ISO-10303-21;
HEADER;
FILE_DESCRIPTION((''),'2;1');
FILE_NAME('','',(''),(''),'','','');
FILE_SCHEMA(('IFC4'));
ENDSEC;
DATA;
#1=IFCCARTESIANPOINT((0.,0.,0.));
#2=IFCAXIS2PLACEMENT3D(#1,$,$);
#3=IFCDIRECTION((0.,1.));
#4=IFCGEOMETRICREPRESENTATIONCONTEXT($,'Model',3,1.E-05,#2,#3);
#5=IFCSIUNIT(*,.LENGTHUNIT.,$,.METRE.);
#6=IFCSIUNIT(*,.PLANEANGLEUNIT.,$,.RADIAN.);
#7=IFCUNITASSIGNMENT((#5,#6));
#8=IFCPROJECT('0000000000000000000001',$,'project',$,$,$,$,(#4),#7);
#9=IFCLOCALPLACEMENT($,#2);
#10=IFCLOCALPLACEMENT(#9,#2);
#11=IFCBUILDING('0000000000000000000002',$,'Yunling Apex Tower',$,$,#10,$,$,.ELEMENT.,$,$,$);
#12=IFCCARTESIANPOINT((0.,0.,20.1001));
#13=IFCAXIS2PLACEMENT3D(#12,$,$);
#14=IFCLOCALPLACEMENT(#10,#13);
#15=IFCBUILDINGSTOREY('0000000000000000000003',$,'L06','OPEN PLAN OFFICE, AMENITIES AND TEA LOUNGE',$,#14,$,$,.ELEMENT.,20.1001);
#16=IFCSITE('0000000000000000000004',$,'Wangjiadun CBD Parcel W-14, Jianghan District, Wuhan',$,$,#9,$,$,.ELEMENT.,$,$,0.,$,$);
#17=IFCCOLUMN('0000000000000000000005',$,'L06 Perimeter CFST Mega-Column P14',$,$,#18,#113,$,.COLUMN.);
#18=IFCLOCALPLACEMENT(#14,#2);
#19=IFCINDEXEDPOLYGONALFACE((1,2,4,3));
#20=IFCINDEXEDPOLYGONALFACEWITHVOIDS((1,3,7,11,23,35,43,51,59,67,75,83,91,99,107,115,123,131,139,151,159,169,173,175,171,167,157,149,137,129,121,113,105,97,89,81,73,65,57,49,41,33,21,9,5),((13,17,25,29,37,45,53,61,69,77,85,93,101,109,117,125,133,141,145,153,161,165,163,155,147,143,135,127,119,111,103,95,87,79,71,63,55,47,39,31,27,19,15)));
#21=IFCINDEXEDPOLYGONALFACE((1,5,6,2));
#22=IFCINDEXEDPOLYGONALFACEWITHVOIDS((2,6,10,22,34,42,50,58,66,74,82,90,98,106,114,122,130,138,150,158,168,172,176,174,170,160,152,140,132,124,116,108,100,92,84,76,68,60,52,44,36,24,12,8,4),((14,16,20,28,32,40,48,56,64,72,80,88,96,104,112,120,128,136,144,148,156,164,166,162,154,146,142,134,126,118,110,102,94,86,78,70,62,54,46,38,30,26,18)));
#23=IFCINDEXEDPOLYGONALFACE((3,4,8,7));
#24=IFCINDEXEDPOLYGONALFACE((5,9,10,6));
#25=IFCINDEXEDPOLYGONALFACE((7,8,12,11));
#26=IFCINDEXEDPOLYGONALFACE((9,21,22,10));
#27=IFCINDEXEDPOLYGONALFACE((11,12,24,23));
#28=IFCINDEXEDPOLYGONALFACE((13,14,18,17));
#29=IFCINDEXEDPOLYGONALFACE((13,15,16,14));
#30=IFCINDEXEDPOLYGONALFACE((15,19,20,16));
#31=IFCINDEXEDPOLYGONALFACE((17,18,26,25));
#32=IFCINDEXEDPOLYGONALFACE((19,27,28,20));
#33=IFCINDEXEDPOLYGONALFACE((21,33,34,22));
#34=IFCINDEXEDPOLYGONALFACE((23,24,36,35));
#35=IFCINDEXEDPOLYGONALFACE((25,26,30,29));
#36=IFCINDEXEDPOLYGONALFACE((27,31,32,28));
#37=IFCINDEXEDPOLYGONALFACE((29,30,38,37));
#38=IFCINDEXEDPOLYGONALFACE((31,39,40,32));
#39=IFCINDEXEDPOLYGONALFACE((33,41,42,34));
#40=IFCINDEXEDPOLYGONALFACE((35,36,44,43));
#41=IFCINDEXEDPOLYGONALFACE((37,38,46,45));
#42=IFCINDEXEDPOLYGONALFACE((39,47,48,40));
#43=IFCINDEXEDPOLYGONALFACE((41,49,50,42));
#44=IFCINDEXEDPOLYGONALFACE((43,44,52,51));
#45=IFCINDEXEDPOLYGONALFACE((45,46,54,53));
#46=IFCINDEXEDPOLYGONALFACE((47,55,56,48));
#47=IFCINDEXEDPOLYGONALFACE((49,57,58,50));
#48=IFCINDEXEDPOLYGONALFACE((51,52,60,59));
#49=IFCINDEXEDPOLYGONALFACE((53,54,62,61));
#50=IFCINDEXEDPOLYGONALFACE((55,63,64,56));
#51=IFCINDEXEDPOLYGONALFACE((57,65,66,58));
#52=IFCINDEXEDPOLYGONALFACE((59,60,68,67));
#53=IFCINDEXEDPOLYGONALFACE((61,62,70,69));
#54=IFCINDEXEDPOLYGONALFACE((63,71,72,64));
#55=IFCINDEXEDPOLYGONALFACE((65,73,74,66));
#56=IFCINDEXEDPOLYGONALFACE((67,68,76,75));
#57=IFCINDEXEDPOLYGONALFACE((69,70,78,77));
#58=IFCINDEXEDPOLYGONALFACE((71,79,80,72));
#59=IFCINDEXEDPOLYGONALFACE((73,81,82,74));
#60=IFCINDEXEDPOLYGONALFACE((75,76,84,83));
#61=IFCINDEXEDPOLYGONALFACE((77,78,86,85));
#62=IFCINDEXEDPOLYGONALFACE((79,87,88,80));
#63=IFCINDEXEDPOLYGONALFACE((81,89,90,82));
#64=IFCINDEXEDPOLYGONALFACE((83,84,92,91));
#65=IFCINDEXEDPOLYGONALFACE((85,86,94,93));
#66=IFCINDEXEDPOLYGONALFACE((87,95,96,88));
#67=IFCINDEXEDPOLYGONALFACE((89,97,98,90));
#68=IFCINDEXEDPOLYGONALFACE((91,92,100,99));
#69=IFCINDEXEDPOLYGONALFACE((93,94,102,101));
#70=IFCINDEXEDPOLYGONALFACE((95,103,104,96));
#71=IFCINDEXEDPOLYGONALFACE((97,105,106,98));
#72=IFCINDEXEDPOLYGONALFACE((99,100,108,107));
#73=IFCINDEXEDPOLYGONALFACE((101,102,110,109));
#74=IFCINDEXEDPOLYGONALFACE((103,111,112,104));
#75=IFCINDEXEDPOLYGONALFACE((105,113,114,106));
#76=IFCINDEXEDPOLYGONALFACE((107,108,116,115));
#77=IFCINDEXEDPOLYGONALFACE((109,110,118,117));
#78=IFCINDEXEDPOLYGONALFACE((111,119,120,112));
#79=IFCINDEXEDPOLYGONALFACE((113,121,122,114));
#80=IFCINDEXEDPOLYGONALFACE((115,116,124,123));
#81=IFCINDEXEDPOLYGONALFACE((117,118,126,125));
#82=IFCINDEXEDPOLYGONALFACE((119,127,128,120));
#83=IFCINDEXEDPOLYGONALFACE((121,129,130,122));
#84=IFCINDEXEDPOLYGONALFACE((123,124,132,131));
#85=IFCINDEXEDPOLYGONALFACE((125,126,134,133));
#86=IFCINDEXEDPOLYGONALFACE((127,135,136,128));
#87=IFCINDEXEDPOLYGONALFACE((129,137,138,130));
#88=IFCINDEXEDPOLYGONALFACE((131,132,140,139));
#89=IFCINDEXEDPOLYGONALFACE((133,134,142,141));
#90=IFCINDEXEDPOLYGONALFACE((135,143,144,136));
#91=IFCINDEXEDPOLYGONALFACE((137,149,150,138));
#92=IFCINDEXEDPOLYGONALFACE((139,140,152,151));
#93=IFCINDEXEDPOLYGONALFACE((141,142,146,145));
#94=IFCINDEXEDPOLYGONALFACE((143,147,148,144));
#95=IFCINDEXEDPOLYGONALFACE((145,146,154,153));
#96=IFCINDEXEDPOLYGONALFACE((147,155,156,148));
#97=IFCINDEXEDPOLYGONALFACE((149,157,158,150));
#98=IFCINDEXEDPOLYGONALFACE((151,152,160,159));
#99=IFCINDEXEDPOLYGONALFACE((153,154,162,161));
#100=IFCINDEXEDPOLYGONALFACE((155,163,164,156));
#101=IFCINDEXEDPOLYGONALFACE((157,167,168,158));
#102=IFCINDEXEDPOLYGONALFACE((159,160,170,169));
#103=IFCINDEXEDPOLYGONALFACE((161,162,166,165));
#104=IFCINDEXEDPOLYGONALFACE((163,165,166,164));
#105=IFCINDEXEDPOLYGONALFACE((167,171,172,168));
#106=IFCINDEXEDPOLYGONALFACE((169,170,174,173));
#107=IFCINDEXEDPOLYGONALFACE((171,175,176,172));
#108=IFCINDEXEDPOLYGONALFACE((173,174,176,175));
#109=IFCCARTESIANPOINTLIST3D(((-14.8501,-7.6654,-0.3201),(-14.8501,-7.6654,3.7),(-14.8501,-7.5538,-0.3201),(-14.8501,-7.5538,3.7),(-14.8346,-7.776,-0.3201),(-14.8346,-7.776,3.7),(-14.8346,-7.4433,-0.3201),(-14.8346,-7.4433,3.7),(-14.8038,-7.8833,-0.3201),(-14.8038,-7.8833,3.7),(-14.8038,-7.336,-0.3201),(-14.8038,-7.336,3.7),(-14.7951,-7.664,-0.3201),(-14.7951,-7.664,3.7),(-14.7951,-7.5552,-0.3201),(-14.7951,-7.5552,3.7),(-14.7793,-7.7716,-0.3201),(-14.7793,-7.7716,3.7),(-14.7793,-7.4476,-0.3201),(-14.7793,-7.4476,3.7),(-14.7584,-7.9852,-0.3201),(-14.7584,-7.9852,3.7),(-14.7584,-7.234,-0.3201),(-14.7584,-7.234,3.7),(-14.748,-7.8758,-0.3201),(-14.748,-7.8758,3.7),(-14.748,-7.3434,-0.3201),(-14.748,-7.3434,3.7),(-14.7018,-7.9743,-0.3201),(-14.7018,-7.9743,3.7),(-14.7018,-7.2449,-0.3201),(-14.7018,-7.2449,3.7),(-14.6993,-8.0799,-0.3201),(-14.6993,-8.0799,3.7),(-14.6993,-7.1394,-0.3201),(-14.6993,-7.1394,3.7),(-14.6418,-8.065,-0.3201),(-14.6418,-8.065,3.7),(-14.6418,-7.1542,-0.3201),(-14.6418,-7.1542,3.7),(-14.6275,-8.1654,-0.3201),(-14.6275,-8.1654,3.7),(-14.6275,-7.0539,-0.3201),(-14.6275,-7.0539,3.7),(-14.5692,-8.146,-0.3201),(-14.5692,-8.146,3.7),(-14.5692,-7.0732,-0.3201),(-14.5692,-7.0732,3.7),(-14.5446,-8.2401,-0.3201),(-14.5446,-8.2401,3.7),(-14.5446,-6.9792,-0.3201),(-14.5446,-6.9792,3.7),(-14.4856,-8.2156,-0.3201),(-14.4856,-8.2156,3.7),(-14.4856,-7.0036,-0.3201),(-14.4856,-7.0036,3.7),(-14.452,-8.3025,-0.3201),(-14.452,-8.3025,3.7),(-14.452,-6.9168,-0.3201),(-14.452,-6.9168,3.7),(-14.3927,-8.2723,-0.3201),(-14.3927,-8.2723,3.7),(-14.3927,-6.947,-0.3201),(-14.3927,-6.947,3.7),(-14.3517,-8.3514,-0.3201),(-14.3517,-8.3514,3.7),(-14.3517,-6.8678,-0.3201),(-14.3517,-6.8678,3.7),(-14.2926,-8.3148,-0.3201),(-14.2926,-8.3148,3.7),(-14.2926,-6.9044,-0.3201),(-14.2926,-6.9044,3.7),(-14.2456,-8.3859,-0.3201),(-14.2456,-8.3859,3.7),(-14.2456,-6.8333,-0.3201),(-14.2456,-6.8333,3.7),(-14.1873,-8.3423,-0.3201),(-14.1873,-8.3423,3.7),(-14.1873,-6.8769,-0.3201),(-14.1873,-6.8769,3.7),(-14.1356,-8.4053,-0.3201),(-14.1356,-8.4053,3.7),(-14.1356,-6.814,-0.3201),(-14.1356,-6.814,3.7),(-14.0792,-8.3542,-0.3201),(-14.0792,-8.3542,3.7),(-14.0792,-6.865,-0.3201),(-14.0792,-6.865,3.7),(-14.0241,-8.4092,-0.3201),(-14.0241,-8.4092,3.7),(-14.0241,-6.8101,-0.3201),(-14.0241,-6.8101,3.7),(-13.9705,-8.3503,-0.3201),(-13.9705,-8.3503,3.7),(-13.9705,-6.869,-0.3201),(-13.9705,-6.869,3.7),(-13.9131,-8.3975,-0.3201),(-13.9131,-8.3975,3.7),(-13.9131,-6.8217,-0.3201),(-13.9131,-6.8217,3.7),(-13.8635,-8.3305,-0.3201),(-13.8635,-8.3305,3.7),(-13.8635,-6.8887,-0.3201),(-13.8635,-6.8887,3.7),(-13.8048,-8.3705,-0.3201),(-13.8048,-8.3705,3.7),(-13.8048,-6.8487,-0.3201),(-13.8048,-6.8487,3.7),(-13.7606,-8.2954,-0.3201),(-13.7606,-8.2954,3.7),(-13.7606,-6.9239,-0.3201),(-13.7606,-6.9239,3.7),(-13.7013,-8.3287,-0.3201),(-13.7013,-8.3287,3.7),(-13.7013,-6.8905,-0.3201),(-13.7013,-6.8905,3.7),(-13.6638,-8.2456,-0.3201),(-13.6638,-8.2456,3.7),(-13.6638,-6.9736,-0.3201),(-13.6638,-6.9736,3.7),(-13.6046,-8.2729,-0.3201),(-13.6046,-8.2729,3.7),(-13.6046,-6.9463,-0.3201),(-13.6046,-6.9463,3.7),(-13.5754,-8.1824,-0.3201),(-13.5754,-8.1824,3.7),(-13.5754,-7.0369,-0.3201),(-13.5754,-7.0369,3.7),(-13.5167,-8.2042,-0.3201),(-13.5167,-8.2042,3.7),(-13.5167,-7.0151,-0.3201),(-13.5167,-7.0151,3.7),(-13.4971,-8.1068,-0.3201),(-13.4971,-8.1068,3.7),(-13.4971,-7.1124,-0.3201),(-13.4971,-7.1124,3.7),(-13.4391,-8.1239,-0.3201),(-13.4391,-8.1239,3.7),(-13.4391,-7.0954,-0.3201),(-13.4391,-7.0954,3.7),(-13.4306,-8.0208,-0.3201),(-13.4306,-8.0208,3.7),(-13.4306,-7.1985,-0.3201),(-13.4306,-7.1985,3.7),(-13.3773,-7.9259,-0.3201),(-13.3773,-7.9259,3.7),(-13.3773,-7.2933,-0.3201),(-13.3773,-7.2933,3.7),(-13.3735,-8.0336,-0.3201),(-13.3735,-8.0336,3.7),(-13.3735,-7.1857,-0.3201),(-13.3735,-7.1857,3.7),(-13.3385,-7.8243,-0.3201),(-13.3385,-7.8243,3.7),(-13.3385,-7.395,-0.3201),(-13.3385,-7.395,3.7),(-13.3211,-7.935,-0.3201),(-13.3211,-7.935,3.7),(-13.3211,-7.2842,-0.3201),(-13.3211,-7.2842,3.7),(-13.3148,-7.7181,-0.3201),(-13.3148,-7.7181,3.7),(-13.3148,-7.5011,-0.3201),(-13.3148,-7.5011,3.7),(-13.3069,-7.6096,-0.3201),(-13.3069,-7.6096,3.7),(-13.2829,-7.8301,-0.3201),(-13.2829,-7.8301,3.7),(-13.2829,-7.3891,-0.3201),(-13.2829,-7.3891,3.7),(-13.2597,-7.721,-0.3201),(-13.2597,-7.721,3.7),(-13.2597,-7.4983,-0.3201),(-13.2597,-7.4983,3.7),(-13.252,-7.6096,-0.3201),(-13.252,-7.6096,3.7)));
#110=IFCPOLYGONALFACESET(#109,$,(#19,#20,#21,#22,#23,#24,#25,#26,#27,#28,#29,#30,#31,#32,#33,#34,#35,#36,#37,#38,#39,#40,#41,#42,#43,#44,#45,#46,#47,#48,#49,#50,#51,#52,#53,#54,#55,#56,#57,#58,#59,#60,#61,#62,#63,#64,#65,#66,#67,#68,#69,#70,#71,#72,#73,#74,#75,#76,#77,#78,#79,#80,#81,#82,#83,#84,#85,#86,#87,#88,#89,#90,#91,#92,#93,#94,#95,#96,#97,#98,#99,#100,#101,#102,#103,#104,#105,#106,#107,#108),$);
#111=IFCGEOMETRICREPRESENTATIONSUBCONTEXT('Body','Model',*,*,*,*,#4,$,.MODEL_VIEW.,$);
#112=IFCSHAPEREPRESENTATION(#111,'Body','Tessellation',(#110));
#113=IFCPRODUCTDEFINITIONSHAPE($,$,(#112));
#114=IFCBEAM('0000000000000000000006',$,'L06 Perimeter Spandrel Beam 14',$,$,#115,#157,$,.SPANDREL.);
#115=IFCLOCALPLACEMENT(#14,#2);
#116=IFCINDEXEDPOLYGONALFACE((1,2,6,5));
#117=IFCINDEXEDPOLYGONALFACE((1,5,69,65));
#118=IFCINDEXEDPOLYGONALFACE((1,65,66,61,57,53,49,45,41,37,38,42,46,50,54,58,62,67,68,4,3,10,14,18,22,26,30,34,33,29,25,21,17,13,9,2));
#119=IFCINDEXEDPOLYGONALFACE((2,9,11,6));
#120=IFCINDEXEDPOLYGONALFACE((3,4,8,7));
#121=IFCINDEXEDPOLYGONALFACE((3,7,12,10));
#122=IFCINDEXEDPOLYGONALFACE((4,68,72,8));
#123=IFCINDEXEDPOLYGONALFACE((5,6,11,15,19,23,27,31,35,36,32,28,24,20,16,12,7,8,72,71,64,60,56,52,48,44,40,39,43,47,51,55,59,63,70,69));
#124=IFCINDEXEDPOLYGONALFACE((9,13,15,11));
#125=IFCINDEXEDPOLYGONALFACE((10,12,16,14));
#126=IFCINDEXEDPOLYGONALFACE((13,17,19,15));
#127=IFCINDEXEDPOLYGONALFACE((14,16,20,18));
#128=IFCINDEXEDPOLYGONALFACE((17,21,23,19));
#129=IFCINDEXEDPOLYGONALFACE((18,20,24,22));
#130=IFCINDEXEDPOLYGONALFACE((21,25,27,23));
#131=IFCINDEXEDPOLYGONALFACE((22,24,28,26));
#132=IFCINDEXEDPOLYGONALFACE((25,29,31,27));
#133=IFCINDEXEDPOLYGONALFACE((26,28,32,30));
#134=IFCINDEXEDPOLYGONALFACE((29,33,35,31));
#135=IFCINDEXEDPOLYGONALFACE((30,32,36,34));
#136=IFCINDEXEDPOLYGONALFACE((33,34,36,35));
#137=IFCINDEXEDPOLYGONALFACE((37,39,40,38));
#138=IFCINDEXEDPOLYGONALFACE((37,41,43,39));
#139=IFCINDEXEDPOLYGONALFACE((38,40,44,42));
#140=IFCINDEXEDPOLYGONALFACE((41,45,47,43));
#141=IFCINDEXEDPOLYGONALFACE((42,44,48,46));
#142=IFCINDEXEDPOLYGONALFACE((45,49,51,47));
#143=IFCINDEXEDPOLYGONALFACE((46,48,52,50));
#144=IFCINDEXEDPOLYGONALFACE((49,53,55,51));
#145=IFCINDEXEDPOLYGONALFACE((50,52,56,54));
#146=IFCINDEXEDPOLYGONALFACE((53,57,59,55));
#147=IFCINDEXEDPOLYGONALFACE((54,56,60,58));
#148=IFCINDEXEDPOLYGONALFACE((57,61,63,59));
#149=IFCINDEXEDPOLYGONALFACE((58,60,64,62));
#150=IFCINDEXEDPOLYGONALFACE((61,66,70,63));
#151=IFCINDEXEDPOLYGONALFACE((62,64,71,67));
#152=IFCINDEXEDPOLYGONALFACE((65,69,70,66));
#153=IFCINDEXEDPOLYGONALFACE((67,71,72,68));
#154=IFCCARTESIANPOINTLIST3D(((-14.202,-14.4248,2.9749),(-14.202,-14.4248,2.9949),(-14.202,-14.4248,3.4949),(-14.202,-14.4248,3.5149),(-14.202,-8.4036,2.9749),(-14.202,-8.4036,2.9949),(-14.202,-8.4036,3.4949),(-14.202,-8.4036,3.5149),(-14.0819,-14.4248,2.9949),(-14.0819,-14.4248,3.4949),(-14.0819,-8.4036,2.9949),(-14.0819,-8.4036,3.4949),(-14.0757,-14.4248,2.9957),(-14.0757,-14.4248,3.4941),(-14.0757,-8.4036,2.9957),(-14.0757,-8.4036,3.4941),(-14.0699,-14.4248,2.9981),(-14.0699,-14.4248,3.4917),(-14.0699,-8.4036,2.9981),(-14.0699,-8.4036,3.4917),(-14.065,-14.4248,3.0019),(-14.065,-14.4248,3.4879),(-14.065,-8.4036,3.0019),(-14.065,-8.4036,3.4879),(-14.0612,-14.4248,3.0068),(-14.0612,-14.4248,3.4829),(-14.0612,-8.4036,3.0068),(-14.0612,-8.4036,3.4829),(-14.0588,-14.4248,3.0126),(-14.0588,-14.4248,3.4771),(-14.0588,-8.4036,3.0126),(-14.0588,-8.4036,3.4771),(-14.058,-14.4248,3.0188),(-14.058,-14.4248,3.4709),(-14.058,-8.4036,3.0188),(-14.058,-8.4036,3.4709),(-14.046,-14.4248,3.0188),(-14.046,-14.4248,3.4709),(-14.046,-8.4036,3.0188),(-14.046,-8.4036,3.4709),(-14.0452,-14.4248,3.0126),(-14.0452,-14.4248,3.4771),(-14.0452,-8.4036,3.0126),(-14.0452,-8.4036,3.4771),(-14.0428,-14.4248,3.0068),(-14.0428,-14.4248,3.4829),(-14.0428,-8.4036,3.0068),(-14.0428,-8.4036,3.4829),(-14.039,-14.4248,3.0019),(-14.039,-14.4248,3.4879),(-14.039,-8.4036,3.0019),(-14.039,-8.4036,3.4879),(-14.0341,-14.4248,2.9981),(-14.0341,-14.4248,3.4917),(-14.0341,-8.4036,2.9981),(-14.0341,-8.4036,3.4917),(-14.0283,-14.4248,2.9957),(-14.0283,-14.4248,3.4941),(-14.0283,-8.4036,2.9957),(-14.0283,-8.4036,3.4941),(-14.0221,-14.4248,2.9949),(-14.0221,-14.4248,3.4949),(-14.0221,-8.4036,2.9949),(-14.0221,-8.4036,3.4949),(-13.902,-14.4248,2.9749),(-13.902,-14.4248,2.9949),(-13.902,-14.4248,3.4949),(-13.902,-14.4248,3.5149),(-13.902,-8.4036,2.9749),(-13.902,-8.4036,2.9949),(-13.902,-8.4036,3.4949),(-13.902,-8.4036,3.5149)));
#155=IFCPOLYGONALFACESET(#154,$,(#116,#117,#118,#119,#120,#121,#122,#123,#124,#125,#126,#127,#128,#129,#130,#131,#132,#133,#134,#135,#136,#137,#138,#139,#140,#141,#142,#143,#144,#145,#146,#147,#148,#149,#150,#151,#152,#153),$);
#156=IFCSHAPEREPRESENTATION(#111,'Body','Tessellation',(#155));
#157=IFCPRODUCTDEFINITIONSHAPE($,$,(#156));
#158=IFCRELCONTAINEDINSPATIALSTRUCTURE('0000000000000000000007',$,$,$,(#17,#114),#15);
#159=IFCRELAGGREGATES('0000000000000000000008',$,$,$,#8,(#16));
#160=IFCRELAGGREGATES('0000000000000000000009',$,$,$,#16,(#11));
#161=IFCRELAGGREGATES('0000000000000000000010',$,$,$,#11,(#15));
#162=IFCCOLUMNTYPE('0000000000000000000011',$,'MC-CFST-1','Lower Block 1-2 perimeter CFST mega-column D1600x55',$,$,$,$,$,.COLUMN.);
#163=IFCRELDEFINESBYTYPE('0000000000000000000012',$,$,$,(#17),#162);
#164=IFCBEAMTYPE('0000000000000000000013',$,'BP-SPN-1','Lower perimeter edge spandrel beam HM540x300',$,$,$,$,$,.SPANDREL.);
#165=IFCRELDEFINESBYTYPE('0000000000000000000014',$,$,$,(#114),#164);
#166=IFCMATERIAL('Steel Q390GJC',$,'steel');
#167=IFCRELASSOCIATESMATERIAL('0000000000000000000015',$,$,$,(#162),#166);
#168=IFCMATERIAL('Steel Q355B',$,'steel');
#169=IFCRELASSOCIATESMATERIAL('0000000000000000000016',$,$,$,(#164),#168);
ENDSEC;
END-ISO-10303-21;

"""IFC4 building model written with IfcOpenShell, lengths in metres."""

from ifc_helpers import new_model, si_unit, direction, frame, origin, origin_2d, place, context, subcontext, project, spatial, hollow_circle, i_section, extrude, source, transform, mapped, material, material_profile, profile_set, type_object, element, save


model = new_model("IFC4")

# Units and contexts
model_context = context("Model", 3, precision=1e-05, world=origin(), true_north=direction((0.0, 1.0)))
body_context = subcontext(model_context, "Body", "Model", "MODEL_VIEW")
ifc_project = project(units=[si_unit("LENGTHUNIT", "METRE"), si_unit("PLANEANGLEUNIT", "RADIAN")], contexts=[model_context])

# Site, building, storey
site_placement = place(None, origin())
site = spatial("IfcSite", under=ifc_project, at=site_placement, Name="Wangjiadun CBD Parcel W-14, Jianghan District, Wuhan", CompositionType="ELEMENT", RefElevation=0.0)
building_placement = place(site_placement, origin())
building = spatial("IfcBuilding", under=site, at=building_placement, Name="Yunling Apex Tower", CompositionType="ELEMENT")
storey_placement = place(building_placement, frame((0.0, 0.0, 20.1001)))
storey = spatial("IfcBuildingStorey", under=building, at=storey_placement, Name="L06", Description="OPEN PLAN OFFICE, AMENITIES AND TEA LOUNGE", CompositionType="ELEMENT", Elevation=20.1001)

# Column
ifc_material_1 = material(Name="Steel Q390GJC", Category="steel")
ifc_material_profile_1 = material_profile(ifc_material_1, hollow_circle(Radius=0.8, WallThickness=0.0549, at=origin_2d()))
ifc_profile_set_1 = profile_set([ifc_material_profile_1], Name="Steel Q390GJC")
column_type = type_object("IfcColumnType", Name="MC-CFST-1", Description="Lower Block 1-2 perimeter CFST mega-column D1600x55", PredefinedType="COLUMN", material=ifc_profile_set_1)
shared_shape_1 = source(origin(), body_context, "Body", "SweptSolid", [
    extrude(hollow_circle(Radius=0.8, WallThickness=0.0549, at=origin_2d()), origin(), (0.0, 0.0, 1.0), 4.02),
])
column_placement = place(storey_placement, frame((-14.052, -7.6096, -0.3201), z_axis=(0.0, 0.0, 1.0), x_axis=(1.0, 0.0, 0.0)))
element("IfcColumn", 1, at=column_placement, inside=storey, type_object=column_type, Name="L06 Perimeter CFST Mega-Column P14", PredefinedType="COLUMN", context=body_context, shape_type="MappedRepresentation", body=[
    mapped(shared_shape_1, transform((0.0, 0.0, 0.0), scale=1.0)),
])

# Beam
ifc_material_2 = material(Name="Steel Q355B", Category="steel")
ifc_material_profile_2 = material_profile(ifc_material_2, i_section(OverallWidth=0.3, OverallDepth=0.54, WebThickness=0.012, FlangeThickness=0.02, FilletRadius=0.0239, at=origin_2d()))
ifc_profile_set_2 = profile_set([ifc_material_profile_2], Name="Steel Q355B")
beam_type_1 = type_object("IfcBeamType", Name="BP-SPN-1", Description="Lower perimeter edge spandrel beam HM540x300", PredefinedType="SPANDREL", material=ifc_profile_set_2)
shared_shape_2 = source(origin(), body_context, "Body", "SweptSolid", [
    extrude(i_section(OverallWidth=0.3, OverallDepth=0.54, WebThickness=0.012, FlangeThickness=0.02, FilletRadius=0.0239, at=origin_2d()), origin(), (0.0, 0.0, 1.0), 6.0212),
])
beam_1_placement = place(storey_placement, frame((-14.052, -8.4036, 3.2449), z_axis=(0.0, -1.0, 0.0), x_axis=(1.0, 0.0, 0.0)))
element("IfcBeam", 2, at=beam_1_placement, inside=storey, type_object=beam_type_1, Name="L06 Perimeter Spandrel Beam 14", PredefinedType="SPANDREL", context=body_context, shape_type="MappedRepresentation", body=[
    mapped(shared_shape_2, transform((0.0, 0.0, 0.0), scale=1.0)),
])

save(model, "model.ifc")
